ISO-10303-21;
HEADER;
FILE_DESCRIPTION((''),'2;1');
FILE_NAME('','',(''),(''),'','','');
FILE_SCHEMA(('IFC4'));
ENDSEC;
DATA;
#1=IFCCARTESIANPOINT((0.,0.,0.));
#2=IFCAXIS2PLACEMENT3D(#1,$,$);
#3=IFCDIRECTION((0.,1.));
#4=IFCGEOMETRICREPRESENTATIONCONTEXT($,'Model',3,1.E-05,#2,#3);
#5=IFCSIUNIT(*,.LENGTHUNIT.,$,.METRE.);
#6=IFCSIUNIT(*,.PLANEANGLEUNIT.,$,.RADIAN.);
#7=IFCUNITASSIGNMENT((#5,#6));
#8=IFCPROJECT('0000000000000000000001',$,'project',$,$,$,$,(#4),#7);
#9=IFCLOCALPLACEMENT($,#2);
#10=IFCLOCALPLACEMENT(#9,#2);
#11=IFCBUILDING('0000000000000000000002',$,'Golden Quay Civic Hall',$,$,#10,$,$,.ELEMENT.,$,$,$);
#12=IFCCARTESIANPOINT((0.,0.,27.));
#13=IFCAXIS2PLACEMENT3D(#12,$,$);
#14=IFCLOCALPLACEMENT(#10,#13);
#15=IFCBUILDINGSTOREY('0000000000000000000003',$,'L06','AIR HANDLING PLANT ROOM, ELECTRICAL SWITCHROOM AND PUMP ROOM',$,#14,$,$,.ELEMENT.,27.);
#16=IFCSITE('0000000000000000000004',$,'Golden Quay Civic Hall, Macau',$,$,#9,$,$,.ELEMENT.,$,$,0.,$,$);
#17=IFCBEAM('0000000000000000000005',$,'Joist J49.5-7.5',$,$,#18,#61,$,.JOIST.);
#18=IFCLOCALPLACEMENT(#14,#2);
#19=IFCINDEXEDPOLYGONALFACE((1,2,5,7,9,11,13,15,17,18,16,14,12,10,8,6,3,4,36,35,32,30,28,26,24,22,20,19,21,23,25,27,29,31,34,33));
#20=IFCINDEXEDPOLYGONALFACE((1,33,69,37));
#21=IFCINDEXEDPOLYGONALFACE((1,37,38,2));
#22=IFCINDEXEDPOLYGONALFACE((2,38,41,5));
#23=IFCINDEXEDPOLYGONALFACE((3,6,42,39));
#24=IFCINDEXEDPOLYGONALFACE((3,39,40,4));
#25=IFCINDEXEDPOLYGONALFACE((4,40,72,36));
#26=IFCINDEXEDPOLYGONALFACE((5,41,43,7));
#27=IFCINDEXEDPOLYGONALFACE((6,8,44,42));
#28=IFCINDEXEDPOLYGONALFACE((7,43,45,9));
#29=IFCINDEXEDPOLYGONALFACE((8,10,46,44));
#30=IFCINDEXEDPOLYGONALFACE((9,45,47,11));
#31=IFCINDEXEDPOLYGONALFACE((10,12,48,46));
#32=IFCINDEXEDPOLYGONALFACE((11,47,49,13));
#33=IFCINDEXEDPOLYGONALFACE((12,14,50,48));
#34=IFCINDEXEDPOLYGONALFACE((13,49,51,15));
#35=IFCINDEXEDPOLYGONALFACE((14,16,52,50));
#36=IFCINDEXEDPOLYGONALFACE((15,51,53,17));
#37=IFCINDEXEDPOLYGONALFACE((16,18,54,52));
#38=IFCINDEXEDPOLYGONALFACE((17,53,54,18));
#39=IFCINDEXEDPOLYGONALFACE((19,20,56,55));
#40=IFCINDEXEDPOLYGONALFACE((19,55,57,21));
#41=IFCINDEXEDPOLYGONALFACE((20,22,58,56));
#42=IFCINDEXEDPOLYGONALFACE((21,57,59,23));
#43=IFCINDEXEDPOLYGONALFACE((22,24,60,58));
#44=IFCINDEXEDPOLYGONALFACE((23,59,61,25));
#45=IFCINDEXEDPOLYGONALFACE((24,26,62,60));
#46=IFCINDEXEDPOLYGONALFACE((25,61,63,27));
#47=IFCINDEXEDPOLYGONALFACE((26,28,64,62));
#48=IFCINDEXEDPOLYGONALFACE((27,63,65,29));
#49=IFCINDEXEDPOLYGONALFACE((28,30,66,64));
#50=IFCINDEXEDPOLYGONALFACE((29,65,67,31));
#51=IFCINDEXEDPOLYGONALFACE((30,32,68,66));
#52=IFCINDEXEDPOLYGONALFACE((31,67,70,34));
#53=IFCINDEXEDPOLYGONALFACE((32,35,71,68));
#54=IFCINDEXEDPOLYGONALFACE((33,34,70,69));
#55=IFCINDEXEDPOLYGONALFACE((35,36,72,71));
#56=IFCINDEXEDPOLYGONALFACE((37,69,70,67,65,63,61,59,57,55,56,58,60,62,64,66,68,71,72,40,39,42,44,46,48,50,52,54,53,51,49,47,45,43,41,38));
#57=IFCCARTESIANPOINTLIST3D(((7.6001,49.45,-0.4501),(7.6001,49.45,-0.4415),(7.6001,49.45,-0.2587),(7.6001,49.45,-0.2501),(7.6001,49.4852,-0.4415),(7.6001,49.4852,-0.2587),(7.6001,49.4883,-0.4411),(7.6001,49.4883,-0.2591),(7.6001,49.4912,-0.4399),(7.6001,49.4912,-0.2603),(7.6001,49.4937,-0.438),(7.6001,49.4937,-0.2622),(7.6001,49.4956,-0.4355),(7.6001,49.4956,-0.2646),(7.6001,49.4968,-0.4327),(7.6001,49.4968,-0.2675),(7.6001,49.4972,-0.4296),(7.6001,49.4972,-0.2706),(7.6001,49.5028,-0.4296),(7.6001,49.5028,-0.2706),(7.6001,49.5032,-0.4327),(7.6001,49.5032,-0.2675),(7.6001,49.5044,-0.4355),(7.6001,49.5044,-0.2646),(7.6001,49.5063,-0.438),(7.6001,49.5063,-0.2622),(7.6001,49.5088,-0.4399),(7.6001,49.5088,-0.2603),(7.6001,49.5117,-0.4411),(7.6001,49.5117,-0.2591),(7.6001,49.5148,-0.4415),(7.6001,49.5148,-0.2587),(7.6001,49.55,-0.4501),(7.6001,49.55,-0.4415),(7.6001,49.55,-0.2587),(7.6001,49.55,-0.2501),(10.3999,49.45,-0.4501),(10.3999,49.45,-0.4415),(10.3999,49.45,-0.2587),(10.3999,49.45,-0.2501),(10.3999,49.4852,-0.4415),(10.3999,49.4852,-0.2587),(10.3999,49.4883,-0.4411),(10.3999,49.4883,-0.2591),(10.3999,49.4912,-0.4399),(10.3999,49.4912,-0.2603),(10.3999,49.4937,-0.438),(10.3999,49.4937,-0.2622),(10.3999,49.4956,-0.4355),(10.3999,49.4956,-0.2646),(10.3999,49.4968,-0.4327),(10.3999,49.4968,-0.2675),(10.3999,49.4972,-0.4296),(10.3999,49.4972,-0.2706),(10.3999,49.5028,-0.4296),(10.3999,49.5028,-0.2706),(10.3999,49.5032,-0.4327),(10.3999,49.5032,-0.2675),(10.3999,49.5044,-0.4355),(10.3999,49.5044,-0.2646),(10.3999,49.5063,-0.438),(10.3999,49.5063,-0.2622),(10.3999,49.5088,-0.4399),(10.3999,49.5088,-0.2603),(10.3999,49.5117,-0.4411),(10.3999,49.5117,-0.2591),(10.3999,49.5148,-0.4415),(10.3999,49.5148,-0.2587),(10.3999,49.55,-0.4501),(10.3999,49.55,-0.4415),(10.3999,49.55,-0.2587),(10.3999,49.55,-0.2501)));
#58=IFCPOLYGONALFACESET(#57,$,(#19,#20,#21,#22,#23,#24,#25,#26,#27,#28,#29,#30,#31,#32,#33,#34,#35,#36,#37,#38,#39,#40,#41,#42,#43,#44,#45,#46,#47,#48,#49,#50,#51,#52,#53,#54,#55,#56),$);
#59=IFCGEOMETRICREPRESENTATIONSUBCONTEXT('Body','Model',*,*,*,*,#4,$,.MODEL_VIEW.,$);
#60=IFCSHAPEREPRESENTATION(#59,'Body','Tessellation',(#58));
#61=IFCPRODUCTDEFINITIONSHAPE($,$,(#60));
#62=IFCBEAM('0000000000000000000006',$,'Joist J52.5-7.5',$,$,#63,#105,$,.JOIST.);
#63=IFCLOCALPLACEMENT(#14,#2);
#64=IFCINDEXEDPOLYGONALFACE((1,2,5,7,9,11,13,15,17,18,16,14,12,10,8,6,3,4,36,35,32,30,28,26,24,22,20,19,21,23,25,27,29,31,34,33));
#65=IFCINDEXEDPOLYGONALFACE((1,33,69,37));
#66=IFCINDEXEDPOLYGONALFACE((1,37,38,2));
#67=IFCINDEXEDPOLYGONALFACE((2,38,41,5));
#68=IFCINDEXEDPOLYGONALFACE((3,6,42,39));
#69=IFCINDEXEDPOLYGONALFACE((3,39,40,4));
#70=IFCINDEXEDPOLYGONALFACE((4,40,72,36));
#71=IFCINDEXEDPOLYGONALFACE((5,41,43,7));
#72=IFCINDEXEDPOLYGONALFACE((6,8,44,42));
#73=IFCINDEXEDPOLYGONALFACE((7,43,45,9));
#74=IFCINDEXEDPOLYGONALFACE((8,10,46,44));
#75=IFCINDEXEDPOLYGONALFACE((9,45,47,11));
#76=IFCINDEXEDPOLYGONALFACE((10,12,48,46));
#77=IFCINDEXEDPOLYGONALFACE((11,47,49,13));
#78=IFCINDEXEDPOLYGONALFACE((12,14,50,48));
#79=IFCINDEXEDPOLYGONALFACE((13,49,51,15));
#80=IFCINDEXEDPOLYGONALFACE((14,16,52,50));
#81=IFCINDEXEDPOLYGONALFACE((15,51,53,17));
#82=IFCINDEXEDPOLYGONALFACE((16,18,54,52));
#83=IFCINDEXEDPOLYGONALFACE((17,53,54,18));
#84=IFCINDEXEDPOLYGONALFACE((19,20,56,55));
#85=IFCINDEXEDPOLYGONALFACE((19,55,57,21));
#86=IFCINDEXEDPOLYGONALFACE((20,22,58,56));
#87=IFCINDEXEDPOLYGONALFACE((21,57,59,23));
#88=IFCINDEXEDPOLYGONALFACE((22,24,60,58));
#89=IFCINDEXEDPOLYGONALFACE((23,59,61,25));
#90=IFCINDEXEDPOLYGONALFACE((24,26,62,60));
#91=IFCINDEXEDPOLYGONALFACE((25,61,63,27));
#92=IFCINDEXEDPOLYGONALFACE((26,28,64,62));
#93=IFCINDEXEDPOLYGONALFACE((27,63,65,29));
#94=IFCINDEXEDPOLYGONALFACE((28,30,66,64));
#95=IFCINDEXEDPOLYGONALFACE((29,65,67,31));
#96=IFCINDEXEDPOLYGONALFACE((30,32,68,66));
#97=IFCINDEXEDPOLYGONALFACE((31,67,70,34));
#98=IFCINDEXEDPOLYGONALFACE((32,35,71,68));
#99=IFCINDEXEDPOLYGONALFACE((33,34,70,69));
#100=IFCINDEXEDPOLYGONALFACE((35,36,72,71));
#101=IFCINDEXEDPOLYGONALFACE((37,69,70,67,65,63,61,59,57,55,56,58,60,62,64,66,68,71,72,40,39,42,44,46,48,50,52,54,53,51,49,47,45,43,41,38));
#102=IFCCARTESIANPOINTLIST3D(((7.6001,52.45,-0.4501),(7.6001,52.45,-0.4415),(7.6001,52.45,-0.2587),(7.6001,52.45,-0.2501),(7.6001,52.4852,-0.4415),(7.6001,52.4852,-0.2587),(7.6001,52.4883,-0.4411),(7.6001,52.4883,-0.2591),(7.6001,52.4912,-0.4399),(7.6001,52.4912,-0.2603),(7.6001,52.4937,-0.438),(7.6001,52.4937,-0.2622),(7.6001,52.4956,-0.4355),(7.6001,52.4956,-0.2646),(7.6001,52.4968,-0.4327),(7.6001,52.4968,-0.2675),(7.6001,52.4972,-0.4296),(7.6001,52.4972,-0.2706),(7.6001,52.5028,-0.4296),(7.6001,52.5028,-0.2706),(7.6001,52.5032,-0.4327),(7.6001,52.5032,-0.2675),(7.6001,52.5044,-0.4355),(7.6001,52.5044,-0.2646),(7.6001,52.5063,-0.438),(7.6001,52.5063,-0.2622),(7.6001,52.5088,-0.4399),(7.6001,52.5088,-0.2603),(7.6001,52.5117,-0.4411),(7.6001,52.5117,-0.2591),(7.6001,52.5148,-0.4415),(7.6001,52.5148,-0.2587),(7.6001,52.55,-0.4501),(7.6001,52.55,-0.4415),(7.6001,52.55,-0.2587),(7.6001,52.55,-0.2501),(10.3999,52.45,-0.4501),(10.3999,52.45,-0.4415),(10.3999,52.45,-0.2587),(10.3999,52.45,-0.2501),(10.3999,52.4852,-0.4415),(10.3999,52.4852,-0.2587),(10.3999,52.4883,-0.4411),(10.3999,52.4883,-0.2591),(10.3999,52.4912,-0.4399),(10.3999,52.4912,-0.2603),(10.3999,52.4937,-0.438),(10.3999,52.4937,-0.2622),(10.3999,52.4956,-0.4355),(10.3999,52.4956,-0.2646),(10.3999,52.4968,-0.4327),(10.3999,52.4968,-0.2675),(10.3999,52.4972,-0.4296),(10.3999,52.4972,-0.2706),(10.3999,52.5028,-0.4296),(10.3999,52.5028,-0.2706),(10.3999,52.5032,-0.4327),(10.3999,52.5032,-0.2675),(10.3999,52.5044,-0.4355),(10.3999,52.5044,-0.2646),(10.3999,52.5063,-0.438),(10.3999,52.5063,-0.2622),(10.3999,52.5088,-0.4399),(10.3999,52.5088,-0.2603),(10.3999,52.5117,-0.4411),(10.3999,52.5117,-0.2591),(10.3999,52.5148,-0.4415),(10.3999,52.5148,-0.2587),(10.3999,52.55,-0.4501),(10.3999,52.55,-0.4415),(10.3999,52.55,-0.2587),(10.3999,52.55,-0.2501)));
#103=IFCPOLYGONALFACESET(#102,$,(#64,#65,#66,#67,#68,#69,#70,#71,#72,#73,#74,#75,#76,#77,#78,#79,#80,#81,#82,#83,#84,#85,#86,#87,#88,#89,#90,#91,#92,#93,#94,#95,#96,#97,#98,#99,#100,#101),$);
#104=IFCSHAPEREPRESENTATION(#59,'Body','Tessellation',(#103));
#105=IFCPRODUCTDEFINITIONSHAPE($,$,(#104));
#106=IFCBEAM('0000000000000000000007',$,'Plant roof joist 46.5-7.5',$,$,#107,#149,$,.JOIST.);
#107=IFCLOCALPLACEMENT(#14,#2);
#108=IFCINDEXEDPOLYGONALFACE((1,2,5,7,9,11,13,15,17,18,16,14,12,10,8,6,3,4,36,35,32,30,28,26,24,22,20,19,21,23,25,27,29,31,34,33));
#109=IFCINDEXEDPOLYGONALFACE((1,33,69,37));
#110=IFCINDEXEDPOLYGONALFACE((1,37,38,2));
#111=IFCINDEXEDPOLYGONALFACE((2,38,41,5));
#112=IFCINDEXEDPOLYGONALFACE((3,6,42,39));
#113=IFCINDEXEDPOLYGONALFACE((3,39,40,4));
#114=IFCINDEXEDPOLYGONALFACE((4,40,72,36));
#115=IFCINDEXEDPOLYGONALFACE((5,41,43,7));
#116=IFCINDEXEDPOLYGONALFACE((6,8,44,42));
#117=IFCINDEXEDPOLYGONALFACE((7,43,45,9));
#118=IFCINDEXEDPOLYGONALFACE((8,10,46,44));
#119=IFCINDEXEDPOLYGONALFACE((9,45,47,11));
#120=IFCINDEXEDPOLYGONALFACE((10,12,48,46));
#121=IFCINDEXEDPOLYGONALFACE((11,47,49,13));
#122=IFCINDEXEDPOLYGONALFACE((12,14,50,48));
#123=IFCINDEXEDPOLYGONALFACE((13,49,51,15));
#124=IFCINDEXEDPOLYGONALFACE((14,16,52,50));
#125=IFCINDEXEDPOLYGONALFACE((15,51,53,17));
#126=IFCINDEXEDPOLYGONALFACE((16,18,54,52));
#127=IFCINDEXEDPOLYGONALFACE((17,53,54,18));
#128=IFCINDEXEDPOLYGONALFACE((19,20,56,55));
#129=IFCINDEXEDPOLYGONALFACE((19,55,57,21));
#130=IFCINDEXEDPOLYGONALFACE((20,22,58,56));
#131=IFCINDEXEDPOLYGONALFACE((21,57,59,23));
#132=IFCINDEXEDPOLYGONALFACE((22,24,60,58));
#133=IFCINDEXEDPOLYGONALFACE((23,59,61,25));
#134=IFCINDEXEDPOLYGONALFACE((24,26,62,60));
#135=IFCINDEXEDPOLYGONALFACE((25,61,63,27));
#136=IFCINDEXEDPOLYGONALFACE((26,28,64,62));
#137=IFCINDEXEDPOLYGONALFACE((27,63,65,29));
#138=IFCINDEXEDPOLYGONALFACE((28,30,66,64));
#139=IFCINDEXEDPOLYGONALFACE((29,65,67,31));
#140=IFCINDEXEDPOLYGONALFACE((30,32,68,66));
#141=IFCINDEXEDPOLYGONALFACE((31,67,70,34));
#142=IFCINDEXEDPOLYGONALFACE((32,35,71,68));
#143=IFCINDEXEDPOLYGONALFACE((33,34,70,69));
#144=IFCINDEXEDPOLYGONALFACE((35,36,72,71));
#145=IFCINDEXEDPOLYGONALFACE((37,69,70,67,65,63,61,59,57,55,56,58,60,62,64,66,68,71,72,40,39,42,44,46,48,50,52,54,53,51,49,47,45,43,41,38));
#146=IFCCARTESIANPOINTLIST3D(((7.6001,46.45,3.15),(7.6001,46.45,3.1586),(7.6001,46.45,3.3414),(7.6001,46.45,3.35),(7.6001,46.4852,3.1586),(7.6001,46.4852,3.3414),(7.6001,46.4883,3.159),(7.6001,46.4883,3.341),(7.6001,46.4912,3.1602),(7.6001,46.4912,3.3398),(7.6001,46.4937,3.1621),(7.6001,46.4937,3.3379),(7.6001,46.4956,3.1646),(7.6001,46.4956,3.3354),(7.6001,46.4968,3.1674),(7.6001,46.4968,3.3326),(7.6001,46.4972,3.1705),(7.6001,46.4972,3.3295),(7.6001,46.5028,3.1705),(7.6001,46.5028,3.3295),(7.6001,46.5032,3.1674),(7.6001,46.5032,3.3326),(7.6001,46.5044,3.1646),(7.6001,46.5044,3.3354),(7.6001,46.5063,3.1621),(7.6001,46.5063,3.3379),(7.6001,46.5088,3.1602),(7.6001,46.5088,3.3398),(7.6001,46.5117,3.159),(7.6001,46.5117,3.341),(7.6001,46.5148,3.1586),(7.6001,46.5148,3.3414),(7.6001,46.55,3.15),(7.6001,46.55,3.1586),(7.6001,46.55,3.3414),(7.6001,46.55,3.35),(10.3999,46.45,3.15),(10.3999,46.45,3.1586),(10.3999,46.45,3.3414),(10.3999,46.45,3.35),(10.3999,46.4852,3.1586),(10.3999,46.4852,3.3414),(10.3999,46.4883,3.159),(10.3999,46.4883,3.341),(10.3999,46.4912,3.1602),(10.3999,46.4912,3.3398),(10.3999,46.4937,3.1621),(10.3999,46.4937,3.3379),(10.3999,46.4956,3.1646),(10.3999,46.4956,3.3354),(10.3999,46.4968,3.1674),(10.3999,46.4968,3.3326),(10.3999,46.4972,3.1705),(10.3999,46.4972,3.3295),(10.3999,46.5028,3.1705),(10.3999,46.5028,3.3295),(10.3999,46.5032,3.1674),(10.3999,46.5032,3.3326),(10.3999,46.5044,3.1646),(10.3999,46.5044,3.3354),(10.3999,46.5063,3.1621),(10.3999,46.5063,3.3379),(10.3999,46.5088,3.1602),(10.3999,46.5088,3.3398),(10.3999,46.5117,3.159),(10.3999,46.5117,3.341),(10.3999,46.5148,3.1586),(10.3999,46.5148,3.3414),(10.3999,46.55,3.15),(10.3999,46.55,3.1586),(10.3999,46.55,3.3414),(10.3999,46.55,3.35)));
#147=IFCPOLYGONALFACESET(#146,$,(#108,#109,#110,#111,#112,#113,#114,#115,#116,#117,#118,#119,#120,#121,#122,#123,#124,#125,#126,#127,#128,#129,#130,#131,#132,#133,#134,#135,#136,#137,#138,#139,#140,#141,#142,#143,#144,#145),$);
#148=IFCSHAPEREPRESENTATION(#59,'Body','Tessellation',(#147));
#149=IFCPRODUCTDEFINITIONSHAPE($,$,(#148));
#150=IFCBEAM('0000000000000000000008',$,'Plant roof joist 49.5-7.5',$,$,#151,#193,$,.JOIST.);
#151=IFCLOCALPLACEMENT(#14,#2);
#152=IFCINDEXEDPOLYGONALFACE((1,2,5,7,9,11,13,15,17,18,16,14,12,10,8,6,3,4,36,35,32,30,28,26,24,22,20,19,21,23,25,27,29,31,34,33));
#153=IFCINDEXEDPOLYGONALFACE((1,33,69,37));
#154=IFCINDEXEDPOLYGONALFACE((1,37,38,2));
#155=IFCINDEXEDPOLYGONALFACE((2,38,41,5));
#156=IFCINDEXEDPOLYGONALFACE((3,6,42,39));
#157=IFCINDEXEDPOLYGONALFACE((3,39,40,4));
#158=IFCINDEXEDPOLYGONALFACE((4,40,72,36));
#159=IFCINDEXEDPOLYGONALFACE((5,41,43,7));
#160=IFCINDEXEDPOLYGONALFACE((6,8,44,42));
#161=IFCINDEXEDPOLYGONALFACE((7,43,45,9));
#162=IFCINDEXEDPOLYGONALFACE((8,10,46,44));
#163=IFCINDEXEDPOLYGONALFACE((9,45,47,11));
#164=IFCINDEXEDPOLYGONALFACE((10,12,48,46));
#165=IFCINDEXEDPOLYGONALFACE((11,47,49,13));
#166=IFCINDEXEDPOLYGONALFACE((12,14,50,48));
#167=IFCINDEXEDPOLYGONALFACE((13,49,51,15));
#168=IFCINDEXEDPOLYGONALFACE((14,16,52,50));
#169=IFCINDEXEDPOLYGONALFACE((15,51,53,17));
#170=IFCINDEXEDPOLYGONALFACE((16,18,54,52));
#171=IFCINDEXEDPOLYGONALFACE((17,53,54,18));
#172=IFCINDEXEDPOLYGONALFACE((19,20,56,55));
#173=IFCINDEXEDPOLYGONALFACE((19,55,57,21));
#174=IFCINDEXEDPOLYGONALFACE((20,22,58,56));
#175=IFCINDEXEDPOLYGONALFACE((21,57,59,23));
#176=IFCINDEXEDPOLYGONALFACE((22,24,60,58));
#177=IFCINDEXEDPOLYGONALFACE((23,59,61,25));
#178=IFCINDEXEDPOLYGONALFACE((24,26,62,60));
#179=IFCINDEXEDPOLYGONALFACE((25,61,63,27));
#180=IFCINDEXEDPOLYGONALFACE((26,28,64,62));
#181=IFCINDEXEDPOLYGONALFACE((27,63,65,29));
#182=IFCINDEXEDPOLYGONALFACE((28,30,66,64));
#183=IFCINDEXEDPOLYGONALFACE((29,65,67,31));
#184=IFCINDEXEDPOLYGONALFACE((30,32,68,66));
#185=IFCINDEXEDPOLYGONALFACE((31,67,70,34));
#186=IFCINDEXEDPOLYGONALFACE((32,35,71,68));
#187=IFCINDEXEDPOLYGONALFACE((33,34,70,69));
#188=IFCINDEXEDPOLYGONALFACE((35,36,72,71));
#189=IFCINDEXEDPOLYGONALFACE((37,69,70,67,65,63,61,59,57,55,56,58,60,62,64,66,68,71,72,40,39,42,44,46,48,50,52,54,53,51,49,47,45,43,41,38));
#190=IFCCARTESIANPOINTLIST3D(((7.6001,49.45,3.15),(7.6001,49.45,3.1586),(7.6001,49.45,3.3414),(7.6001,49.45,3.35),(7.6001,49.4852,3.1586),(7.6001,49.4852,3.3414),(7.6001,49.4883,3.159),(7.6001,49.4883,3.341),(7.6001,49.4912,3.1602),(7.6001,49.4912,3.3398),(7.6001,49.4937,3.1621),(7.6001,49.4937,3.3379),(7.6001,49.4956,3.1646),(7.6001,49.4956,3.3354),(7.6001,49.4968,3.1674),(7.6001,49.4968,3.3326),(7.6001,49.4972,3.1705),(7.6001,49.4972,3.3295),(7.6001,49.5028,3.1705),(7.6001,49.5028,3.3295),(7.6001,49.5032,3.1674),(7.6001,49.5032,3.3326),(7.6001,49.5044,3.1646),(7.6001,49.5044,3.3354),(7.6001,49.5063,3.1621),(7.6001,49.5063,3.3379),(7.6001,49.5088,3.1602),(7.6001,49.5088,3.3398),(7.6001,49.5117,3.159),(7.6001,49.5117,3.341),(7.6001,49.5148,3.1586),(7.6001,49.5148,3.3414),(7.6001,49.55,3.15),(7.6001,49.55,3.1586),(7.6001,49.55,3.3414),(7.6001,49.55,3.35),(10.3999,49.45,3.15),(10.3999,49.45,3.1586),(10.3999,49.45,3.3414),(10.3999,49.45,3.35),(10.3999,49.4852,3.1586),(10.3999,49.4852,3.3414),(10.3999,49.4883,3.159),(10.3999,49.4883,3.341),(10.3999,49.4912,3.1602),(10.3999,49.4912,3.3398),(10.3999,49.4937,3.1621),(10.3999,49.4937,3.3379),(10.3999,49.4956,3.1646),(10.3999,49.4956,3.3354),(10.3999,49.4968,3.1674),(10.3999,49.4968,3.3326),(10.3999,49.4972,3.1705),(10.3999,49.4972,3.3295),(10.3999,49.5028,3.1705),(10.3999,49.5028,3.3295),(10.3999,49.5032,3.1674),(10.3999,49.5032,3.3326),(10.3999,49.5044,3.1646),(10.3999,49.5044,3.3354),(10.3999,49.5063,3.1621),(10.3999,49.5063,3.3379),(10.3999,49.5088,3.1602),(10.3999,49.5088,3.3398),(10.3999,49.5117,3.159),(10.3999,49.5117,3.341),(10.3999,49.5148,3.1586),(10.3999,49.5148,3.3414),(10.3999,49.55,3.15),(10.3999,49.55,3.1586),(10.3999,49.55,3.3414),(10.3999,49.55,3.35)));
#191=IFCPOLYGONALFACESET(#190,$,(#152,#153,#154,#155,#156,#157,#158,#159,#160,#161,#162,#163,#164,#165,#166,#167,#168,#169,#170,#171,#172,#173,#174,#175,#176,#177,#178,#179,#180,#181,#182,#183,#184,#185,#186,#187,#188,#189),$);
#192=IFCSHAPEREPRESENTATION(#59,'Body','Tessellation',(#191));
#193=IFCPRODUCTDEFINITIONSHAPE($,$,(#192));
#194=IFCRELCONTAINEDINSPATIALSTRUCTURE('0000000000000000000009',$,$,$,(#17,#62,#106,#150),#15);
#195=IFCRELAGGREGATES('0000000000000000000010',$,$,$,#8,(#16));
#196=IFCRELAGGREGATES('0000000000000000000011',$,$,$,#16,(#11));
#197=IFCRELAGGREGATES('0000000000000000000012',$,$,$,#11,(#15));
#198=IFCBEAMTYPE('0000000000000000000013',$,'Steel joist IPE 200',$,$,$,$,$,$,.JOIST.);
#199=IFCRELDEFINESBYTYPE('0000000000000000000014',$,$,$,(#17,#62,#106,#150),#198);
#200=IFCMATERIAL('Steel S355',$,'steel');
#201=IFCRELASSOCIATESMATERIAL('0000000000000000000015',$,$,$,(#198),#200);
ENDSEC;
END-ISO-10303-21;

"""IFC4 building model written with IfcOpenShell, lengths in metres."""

from ifc_helpers import new_model, si_unit, direction, frame, origin, origin_2d, place, context, subcontext, project, spatial, i_section, extrude, material, material_profile, profile_set, type_object, element, save


model = new_model("IFC4")

# Units and contexts
model_context = context("Model", 3, precision=1e-05, world=origin(), true_north=direction((0.0, 1.0)))
body_context = subcontext(model_context, "Body", "Model", "MODEL_VIEW")
ifc_project = project(units=[si_unit("LENGTHUNIT", "METRE"), si_unit("PLANEANGLEUNIT", "RADIAN")], contexts=[model_context])

# Site, building, storey
site_placement = place(None, origin())
site = spatial("IfcSite", under=ifc_project, at=site_placement, Name="Golden Quay Civic Hall, Macau", CompositionType="ELEMENT", RefElevation=0.0)
building_placement = place(site_placement, origin())
building = spatial("IfcBuilding", under=site, at=building_placement, Name="Golden Quay Civic Hall", CompositionType="ELEMENT")
storey_placement = place(building_placement, frame((0.0, 0.0, 27.0)))
storey = spatial("IfcBuildingStorey", under=building, at=storey_placement, Name="L06", Description="AIR HANDLING PLANT ROOM, ELECTRICAL SWITCHROOM AND PUMP ROOM", CompositionType="ELEMENT", Elevation=27.0)

# Beams
ifc_material_1 = material(Name="Steel S355", Category="steel")
ifc_material_profile_1 = material_profile(ifc_material_1, i_section(OverallWidth=0.1001, OverallDepth=0.2, WebThickness=0.0056, FlangeThickness=0.0085, FilletRadius=0.012, at=origin_2d()), Name="IPE 200")
ifc_profile_set_1 = profile_set([ifc_material_profile_1], Name="Steel S355")
beam_type_1 = type_object("IfcBeamType", Name="Steel joist IPE 200", PredefinedType="JOIST", material=ifc_profile_set_1)
for number, where, z_axis, x_axis, name in (
    (1, (7.6001, 49.5, -0.3501), (1.0, 0.0, 0.0), (0.0, 1.0, 0.0), "Joist J49.5-7.5"),
    (2, (7.6001, 52.5, -0.3501), (1.0, 0.0, 0.0), (0.0, 1.0, 0.0), "Joist J52.5-7.5"),
    (3, (7.6001, 46.5, 3.25), (1.0, 0.0, 0.0), (0.0, 1.0, 0.0), "Plant roof joist 46.5-7.5"),
    (4, (7.6001, 49.5, 3.25), (1.0, 0.0, 0.0), (0.0, 1.0, 0.0), "Plant roof joist 49.5-7.5"),
):
    element("IfcBeam", number, at=place(storey_placement, frame(where, z_axis=z_axis, x_axis=x_axis)), inside=storey, type_object=beam_type_1, Name=name, PredefinedType="JOIST", context=body_context, shape_type="SweptSolid", body=[
        extrude(i_section(OverallWidth=0.1001, OverallDepth=0.2, WebThickness=0.0056, FlangeThickness=0.0085, FilletRadius=0.012, at=origin_2d()), origin(), (0.0, 0.0, 1.0), 2.7998),
    ])

save(model, "model.ifc")
